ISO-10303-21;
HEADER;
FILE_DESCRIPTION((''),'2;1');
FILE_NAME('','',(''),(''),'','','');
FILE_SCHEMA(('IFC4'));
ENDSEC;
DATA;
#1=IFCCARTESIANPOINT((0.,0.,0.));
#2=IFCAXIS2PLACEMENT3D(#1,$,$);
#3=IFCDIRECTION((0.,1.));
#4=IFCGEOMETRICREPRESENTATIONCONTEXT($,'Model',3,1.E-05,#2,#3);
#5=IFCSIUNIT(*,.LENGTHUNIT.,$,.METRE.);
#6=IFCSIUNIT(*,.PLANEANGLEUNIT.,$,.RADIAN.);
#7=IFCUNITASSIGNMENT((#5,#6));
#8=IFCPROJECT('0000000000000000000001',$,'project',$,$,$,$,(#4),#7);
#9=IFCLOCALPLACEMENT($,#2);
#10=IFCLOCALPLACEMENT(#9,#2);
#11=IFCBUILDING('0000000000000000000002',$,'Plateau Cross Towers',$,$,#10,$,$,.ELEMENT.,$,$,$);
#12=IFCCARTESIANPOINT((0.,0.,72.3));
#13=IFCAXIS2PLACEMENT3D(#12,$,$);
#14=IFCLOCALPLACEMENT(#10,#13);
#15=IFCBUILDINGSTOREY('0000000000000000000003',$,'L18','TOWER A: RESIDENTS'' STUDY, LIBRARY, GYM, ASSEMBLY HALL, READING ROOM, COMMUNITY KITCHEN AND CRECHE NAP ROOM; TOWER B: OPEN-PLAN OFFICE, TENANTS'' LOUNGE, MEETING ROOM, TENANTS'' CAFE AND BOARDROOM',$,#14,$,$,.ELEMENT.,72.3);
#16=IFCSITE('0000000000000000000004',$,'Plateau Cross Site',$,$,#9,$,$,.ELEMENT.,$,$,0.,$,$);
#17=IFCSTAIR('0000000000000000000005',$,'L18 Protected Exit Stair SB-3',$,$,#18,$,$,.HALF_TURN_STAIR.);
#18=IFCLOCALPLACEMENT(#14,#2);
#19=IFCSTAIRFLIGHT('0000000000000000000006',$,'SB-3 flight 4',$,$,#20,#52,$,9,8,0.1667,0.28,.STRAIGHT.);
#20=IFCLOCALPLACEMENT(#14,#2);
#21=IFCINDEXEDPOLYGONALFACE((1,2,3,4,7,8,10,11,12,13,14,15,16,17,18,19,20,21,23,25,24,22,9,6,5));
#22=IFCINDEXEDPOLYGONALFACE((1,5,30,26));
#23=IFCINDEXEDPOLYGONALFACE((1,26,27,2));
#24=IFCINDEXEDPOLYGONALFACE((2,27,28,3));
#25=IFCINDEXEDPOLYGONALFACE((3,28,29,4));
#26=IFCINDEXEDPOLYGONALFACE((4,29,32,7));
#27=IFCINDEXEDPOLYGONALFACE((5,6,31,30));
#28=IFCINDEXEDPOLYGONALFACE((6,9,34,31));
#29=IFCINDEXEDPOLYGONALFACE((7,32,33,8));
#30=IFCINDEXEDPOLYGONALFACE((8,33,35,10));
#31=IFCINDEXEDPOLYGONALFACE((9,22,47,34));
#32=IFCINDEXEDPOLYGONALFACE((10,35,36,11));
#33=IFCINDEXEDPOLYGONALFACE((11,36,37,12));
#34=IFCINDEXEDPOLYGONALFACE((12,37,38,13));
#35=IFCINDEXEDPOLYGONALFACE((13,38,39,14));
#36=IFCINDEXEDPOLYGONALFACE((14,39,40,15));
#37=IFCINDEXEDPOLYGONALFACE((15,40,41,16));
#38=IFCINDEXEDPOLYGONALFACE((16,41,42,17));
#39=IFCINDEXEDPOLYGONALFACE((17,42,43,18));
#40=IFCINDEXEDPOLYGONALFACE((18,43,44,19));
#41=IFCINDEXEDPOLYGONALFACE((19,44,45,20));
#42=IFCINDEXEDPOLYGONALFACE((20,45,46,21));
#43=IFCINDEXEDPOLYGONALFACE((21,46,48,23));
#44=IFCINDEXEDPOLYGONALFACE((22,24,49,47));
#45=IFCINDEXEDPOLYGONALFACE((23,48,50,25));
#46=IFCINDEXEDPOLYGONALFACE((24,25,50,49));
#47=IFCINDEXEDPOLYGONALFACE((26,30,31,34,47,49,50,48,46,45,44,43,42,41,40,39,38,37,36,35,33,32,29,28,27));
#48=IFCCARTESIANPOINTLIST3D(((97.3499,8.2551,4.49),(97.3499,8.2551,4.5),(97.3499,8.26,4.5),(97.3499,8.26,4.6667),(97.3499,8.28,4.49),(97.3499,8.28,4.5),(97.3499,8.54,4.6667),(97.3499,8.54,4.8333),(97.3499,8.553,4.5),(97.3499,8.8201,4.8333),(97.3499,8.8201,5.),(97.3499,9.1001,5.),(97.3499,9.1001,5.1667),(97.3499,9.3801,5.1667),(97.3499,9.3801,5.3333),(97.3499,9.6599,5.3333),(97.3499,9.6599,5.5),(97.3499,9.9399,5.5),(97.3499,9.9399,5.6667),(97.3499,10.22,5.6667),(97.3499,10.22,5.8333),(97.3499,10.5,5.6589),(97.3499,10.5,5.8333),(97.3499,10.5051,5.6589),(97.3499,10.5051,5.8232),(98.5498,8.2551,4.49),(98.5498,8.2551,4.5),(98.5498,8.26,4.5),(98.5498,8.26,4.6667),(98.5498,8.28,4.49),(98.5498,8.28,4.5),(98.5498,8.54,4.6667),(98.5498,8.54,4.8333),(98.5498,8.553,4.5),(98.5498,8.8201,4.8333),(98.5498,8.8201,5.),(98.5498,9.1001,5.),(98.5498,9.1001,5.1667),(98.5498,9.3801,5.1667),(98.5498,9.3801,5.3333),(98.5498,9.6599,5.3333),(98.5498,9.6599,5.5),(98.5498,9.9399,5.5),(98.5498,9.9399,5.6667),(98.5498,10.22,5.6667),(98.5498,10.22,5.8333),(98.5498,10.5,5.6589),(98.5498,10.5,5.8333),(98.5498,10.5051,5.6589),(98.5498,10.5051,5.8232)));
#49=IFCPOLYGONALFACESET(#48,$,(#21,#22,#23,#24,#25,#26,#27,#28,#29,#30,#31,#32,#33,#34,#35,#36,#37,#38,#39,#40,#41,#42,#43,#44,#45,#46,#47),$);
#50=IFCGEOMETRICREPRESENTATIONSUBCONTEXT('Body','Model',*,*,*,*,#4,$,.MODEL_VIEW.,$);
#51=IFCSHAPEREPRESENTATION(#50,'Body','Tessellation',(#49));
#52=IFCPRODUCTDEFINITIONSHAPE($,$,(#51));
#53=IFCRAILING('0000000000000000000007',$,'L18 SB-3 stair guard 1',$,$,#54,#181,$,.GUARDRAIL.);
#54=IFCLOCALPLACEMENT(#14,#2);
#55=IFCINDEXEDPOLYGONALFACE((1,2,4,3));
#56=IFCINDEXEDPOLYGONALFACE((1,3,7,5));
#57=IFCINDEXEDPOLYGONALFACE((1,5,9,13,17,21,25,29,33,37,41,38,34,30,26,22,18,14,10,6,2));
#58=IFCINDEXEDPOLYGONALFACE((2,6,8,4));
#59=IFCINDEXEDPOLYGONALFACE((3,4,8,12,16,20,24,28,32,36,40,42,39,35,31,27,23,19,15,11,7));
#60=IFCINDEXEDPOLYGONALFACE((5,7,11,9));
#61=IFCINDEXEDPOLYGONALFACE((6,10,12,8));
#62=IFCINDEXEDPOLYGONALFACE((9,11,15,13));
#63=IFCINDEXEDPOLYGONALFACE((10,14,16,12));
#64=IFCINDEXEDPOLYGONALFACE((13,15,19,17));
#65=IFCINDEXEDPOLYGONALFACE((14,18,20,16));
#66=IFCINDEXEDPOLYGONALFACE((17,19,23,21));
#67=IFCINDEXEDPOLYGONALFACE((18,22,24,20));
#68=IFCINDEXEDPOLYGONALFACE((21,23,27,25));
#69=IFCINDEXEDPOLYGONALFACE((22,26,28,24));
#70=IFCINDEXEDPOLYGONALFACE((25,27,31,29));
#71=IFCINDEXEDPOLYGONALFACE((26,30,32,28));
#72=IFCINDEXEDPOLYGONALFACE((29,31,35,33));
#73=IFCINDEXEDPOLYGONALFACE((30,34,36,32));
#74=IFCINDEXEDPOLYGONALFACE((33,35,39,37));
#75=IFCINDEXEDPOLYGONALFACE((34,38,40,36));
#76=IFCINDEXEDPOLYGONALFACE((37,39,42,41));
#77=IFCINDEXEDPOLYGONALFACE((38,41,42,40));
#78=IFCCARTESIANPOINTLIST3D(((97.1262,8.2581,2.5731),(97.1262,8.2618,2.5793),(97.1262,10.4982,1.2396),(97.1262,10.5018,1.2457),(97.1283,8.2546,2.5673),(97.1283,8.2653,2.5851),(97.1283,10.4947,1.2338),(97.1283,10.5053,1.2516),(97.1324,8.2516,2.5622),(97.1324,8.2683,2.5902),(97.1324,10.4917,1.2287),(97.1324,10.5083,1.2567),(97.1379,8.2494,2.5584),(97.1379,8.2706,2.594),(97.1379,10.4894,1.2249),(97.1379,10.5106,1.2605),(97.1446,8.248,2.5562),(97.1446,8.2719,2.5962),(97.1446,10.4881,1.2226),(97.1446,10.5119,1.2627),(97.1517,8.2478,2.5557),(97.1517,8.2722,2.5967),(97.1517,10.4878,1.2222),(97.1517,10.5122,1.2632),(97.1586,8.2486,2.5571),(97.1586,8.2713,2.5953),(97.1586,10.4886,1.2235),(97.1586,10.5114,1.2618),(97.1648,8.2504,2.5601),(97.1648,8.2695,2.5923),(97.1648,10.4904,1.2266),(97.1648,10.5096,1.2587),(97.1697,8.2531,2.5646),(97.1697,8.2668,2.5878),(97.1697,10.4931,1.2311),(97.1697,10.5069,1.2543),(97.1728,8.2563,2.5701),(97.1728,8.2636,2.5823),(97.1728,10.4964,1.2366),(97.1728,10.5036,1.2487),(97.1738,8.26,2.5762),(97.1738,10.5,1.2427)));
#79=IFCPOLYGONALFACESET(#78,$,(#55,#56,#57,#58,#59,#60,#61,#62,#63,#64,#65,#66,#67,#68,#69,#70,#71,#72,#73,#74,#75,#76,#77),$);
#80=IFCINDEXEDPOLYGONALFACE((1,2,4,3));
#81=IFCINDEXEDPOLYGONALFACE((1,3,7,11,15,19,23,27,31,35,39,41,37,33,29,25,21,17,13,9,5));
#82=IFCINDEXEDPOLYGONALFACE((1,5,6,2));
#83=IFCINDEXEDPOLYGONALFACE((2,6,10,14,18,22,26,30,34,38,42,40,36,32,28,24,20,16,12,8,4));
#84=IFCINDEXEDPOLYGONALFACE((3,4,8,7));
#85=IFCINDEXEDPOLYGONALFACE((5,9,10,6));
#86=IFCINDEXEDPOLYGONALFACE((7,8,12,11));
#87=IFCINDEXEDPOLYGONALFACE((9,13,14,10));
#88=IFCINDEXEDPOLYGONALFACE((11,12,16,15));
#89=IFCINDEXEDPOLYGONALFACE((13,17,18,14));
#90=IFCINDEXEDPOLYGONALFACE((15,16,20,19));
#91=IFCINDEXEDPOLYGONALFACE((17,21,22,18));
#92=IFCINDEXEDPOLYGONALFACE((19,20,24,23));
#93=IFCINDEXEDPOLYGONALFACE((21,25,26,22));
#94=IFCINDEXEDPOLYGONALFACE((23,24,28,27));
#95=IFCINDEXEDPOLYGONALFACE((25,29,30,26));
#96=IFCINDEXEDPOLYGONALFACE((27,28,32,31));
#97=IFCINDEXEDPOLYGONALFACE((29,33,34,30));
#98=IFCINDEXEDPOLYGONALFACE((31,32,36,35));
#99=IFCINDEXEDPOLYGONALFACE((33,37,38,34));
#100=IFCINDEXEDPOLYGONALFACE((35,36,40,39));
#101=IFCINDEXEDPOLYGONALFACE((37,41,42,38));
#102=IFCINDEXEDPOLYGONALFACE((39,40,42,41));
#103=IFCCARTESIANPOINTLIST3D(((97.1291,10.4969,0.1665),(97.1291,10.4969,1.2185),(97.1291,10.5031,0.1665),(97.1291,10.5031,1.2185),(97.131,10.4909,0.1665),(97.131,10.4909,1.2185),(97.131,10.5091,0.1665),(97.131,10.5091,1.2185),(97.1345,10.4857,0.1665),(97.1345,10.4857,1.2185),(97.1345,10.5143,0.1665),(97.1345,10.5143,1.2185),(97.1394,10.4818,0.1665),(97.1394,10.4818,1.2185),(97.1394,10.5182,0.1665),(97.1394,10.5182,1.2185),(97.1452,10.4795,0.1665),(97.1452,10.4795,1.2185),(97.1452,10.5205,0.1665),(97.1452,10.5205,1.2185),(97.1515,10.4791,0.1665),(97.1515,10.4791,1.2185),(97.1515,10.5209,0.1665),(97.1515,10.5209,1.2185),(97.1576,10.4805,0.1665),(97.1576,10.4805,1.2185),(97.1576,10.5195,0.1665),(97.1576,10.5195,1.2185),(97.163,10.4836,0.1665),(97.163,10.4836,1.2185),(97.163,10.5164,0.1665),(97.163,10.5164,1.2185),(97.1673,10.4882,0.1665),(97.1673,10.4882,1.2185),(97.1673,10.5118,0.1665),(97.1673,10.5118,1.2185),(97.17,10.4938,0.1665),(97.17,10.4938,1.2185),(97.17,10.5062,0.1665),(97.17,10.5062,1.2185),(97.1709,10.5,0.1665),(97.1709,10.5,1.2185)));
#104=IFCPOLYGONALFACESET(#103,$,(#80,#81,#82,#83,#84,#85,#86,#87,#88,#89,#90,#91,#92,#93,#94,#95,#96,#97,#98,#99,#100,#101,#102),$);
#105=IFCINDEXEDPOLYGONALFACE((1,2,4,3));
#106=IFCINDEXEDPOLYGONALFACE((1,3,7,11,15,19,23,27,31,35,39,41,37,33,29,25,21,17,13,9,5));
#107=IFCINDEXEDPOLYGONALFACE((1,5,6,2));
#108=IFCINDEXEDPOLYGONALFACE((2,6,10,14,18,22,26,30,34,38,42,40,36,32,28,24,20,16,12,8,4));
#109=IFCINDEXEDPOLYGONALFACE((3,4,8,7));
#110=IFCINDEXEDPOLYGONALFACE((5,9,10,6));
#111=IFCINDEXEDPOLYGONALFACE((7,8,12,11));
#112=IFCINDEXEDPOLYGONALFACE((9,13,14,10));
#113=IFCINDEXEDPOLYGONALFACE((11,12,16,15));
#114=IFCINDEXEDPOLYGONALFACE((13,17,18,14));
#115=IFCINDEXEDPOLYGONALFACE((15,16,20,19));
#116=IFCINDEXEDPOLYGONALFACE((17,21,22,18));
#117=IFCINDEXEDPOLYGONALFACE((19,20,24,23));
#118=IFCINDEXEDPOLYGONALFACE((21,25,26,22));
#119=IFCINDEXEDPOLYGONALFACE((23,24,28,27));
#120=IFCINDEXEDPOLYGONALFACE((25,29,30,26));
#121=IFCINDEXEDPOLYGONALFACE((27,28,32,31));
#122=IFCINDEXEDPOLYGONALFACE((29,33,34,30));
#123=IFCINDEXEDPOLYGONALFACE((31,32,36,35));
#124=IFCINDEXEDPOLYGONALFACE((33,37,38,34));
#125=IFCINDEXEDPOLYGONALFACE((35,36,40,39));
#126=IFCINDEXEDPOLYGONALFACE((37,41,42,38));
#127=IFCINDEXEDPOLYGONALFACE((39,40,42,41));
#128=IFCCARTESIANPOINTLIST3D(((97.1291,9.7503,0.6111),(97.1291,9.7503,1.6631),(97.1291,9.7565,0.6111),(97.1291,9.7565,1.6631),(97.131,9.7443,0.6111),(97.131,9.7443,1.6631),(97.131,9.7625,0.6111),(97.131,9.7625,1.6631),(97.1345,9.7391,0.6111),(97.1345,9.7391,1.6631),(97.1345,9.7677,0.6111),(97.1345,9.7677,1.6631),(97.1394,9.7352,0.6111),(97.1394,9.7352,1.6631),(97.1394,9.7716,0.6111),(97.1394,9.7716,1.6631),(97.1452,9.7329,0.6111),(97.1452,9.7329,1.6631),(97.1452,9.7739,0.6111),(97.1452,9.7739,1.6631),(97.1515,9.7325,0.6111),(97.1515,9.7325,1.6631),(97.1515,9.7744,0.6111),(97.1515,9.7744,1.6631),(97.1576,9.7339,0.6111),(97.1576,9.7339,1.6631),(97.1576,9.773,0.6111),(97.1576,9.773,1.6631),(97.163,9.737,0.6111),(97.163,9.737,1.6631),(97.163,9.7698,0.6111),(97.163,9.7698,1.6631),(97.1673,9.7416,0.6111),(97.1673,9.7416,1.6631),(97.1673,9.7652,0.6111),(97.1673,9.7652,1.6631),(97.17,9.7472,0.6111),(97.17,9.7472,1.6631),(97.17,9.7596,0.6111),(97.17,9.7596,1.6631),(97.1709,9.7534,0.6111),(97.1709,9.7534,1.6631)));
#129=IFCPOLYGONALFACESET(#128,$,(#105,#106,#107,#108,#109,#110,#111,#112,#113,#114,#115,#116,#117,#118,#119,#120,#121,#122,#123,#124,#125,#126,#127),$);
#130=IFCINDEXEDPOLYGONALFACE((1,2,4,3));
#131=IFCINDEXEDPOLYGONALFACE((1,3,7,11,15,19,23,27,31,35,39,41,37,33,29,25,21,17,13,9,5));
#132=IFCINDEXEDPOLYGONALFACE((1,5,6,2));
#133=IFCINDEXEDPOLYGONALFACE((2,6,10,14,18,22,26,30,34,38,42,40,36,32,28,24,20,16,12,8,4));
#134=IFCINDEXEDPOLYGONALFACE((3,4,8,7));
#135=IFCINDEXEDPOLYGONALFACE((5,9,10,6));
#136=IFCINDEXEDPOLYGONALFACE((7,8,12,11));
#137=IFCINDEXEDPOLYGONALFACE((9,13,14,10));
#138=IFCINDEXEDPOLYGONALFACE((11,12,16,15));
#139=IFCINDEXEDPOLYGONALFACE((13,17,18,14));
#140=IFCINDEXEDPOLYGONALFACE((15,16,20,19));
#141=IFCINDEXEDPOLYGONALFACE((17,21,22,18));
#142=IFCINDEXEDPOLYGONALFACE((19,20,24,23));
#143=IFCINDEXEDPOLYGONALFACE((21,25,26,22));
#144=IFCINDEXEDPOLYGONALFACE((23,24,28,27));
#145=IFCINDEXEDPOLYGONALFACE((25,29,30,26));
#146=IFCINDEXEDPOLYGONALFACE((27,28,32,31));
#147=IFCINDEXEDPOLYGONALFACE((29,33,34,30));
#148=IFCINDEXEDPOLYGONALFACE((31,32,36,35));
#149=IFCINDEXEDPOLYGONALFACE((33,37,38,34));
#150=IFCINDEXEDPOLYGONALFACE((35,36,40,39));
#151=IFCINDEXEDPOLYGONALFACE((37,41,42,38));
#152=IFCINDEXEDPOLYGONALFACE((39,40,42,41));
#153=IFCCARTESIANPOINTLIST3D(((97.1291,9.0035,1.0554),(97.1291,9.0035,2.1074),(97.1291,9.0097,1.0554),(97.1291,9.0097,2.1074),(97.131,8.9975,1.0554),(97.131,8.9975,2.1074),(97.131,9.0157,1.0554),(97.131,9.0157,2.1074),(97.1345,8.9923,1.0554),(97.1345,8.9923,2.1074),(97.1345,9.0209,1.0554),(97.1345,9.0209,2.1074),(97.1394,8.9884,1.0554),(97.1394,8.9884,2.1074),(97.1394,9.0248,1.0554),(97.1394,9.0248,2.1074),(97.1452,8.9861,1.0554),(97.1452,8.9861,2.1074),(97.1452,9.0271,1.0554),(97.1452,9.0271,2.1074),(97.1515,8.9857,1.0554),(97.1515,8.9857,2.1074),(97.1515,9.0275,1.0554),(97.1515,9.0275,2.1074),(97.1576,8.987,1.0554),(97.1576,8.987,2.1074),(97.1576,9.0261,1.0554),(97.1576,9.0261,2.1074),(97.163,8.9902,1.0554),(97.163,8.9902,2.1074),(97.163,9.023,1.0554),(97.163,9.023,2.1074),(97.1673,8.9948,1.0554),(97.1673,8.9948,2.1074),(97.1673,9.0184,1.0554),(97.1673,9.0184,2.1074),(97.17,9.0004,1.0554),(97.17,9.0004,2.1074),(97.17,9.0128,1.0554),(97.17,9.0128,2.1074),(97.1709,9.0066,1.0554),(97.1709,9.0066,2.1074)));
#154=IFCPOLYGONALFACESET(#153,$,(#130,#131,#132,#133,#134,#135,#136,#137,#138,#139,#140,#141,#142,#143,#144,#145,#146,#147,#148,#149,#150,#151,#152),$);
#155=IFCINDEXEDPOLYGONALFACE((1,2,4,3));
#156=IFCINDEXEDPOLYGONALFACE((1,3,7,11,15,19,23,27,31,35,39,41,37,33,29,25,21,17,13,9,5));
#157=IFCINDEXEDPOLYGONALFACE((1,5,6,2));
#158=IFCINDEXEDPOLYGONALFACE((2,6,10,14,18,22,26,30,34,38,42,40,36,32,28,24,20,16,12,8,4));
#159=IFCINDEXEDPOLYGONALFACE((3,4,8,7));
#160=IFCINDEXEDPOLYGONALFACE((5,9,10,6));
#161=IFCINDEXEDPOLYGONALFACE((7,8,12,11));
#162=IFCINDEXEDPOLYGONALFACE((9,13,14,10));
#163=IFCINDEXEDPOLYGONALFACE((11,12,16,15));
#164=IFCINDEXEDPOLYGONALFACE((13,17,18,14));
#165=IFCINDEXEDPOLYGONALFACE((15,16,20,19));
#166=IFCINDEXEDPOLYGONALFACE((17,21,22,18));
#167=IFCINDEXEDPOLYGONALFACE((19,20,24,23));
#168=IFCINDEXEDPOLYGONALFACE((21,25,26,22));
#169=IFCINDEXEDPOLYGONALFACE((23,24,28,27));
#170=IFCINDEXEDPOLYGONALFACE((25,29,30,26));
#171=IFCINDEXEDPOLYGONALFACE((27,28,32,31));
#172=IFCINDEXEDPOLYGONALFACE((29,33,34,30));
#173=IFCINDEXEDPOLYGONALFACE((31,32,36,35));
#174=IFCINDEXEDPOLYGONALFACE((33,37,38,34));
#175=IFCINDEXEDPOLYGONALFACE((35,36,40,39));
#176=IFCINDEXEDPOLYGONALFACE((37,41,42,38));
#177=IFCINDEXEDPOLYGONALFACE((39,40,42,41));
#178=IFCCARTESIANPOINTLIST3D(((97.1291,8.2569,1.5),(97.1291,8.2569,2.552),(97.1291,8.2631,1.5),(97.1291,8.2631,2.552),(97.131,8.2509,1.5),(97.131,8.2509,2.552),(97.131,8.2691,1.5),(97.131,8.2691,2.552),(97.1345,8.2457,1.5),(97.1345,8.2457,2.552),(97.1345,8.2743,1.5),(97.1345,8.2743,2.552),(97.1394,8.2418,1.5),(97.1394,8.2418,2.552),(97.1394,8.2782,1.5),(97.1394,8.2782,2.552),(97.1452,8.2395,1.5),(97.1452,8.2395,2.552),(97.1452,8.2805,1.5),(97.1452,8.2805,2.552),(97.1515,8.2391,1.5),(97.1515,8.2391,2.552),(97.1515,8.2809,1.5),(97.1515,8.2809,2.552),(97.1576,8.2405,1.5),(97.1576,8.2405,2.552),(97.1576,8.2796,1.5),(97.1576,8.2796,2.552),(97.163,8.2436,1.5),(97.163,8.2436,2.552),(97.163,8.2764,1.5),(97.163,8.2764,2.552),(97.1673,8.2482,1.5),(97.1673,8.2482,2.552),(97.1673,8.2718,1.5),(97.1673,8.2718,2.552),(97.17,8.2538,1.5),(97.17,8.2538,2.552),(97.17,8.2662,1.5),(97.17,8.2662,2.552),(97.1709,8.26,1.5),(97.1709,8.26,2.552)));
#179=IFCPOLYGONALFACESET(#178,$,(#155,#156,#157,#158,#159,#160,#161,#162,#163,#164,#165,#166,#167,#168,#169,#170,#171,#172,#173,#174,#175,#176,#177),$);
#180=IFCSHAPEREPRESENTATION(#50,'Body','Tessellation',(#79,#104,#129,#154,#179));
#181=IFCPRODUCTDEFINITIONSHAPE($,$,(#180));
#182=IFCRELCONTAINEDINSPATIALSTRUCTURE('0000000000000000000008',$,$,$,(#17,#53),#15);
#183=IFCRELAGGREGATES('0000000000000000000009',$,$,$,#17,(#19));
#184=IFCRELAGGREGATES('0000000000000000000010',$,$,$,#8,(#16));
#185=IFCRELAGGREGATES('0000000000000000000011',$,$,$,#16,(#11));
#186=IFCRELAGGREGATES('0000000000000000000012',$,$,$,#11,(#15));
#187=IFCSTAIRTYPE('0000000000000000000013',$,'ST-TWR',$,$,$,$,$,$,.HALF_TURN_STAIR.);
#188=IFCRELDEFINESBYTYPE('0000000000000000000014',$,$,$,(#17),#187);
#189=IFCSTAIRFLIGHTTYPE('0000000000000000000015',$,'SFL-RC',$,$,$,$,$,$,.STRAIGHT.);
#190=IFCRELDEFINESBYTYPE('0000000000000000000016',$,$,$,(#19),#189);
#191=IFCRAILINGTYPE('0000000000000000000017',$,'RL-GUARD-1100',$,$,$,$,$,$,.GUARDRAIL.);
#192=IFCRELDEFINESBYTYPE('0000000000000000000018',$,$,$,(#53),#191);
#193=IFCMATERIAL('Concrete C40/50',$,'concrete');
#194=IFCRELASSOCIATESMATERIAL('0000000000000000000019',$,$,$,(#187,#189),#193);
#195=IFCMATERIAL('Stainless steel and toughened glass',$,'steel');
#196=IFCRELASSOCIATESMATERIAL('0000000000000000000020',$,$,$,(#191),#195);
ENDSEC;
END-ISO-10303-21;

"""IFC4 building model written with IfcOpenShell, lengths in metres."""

from ifc_helpers import new_model, si_unit, direction, frame, origin, origin_2d, place, context, subcontext, project, spatial, polyline, circle, outline, extrude, material, type_object, element, aggregate, save


model = new_model("IFC4")

# Units and contexts
model_context = context("Model", 3, precision=1e-05, world=origin(), true_north=direction((0.0, 1.0)))
body_context = subcontext(model_context, "Body", "Model", "MODEL_VIEW")
ifc_project = project(units=[si_unit("LENGTHUNIT", "METRE"), si_unit("PLANEANGLEUNIT", "RADIAN")], contexts=[model_context])

# Site, building, storey
site_placement = place(None, origin())
site = spatial("IfcSite", under=ifc_project, at=site_placement, Name="Plateau Cross Site", CompositionType="ELEMENT", RefElevation=0.0)
building_placement = place(site_placement, origin())
building = spatial("IfcBuilding", under=site, at=building_placement, Name="Plateau Cross Towers", CompositionType="ELEMENT")
storey_placement = place(building_placement, frame((0.0, 0.0, 72.3)))
storey = spatial("IfcBuildingStorey", under=building, at=storey_placement, Name="L18", Description="TOWER A: RESIDENTS' STUDY, LIBRARY, GYM, ASSEMBLY HALL, READING ROOM, COMMUNITY KITCHEN AND CRECHE NAP ROOM; TOWER B: OPEN-PLAN OFFICE, TENANTS' LOUNGE, MEETING ROOM, TENANTS' CAFE AND BOARDROOM", CompositionType="ELEMENT", Elevation=72.3)

# Stair, stair flight
ifc_material_1 = material(Name="Concrete C40/50", Category="concrete")
stair_type = type_object("IfcStairType", Name="ST-TWR", PredefinedType="HALF_TURN_STAIR", material=ifc_material_1)
stair_placement = place(storey_placement, origin())
stair = element("IfcStair", 1, at=stair_placement, inside=storey, type_object=stair_type, Name="L18 Protected Exit Stair SB-3", PredefinedType="HALF_TURN_STAIR")
stair_flight_type = type_object("IfcStairFlightType", Name="SFL-RC", PredefinedType="STRAIGHT", material=ifc_material_1)
stair_flight_1_placement = place(storey_placement, frame((97.95, 8.26, 4.5), z_axis=(0.0, 0.0, 1.0), x_axis=(0.0, 1.0, 0.0)))
stair_flight_1 = element("IfcStairFlight", 2, at=stair_flight_1_placement, type_object=stair_flight_type, Name="SB-3 flight 4", NumberOfRisers=9, NumberOfTreads=8, PredefinedType="STRAIGHT", RiserHeight=0.1667, TreadLength=0.28, context=body_context, shape_type="SweptSolid", body=[
    extrude(outline(polyline([(-0.0049, -0.01), (-0.0049, 0.0), (0.0, 0.0), (0.0, 0.1667), (0.28, 0.1667), (0.28, 0.3333), (0.5601, 0.3333), (0.5601, 0.5), (0.8401, 0.5), (0.8401, 0.6667), (1.1201, 0.6667), (1.1201, 0.8333), (1.3999, 0.8333), (1.3999, 1.0), (1.6799, 1.0), (1.6799, 1.1667), (1.96, 1.1667), (1.96, 1.3333), (2.24, 1.3333), (2.2451, 1.3232), (2.2451, 1.1589), (2.24, 1.1589), (0.293, 0.0), (0.02, 0.0), (0.02, -0.01), (-0.0049, -0.01)])), frame((0.0, 0.6001, 0.0), z_axis=(0.0, -1.0, 0.0), x_axis=(1.0, 0.0, 0.0)), (0.0, 0.0, 1.0), 1.2),
])
aggregate(stair, [stair_flight_1])

# Railing
ifc_material_2 = material(Name="Stainless steel and toughened glass", Category="steel")
railing_type_1 = type_object("IfcRailingType", Name="RL-GUARD-1100", PredefinedType="GUARDRAIL", material=ifc_material_2)
railing_1_placement = place(storey_placement, frame((97.1499, 10.5, 0.1665)))
element("IfcRailing", 3, at=railing_1_placement, inside=storey, type_object=railing_type_1, Name="L18 SB-3 stair guard 1", PredefinedType="GUARDRAIL", context=body_context, shape_type="SweptSolid", body=[
    extrude(circle(Radius=0.0239, at=origin_2d()), frame((0.0, 0.0, 1.0762), z_axis=(0.0, -0.859264, 0.511532), x_axis=(1.0, 0.0, 0.0)), (0.0, 0.0, 1.0), 2.6069),
    extrude(circle(Radius=0.021, at=origin_2d()), origin(), (0.0, 0.0, 1.0), 1.052),
    extrude(circle(Radius=0.021, at=origin_2d()), frame((0.0, -0.7466, 0.4446)), (0.0, 0.0, 1.0), 1.052),
    extrude(circle(Radius=0.021, at=origin_2d()), frame((0.0, -1.4934, 0.8889)), (0.0, 0.0, 1.0), 1.052),
    extrude(circle(Radius=0.021, at=origin_2d()), frame((0.0, -2.24, 1.3335)), (0.0, 0.0, 1.0), 1.052),
])

save(model, "model.ifc")
